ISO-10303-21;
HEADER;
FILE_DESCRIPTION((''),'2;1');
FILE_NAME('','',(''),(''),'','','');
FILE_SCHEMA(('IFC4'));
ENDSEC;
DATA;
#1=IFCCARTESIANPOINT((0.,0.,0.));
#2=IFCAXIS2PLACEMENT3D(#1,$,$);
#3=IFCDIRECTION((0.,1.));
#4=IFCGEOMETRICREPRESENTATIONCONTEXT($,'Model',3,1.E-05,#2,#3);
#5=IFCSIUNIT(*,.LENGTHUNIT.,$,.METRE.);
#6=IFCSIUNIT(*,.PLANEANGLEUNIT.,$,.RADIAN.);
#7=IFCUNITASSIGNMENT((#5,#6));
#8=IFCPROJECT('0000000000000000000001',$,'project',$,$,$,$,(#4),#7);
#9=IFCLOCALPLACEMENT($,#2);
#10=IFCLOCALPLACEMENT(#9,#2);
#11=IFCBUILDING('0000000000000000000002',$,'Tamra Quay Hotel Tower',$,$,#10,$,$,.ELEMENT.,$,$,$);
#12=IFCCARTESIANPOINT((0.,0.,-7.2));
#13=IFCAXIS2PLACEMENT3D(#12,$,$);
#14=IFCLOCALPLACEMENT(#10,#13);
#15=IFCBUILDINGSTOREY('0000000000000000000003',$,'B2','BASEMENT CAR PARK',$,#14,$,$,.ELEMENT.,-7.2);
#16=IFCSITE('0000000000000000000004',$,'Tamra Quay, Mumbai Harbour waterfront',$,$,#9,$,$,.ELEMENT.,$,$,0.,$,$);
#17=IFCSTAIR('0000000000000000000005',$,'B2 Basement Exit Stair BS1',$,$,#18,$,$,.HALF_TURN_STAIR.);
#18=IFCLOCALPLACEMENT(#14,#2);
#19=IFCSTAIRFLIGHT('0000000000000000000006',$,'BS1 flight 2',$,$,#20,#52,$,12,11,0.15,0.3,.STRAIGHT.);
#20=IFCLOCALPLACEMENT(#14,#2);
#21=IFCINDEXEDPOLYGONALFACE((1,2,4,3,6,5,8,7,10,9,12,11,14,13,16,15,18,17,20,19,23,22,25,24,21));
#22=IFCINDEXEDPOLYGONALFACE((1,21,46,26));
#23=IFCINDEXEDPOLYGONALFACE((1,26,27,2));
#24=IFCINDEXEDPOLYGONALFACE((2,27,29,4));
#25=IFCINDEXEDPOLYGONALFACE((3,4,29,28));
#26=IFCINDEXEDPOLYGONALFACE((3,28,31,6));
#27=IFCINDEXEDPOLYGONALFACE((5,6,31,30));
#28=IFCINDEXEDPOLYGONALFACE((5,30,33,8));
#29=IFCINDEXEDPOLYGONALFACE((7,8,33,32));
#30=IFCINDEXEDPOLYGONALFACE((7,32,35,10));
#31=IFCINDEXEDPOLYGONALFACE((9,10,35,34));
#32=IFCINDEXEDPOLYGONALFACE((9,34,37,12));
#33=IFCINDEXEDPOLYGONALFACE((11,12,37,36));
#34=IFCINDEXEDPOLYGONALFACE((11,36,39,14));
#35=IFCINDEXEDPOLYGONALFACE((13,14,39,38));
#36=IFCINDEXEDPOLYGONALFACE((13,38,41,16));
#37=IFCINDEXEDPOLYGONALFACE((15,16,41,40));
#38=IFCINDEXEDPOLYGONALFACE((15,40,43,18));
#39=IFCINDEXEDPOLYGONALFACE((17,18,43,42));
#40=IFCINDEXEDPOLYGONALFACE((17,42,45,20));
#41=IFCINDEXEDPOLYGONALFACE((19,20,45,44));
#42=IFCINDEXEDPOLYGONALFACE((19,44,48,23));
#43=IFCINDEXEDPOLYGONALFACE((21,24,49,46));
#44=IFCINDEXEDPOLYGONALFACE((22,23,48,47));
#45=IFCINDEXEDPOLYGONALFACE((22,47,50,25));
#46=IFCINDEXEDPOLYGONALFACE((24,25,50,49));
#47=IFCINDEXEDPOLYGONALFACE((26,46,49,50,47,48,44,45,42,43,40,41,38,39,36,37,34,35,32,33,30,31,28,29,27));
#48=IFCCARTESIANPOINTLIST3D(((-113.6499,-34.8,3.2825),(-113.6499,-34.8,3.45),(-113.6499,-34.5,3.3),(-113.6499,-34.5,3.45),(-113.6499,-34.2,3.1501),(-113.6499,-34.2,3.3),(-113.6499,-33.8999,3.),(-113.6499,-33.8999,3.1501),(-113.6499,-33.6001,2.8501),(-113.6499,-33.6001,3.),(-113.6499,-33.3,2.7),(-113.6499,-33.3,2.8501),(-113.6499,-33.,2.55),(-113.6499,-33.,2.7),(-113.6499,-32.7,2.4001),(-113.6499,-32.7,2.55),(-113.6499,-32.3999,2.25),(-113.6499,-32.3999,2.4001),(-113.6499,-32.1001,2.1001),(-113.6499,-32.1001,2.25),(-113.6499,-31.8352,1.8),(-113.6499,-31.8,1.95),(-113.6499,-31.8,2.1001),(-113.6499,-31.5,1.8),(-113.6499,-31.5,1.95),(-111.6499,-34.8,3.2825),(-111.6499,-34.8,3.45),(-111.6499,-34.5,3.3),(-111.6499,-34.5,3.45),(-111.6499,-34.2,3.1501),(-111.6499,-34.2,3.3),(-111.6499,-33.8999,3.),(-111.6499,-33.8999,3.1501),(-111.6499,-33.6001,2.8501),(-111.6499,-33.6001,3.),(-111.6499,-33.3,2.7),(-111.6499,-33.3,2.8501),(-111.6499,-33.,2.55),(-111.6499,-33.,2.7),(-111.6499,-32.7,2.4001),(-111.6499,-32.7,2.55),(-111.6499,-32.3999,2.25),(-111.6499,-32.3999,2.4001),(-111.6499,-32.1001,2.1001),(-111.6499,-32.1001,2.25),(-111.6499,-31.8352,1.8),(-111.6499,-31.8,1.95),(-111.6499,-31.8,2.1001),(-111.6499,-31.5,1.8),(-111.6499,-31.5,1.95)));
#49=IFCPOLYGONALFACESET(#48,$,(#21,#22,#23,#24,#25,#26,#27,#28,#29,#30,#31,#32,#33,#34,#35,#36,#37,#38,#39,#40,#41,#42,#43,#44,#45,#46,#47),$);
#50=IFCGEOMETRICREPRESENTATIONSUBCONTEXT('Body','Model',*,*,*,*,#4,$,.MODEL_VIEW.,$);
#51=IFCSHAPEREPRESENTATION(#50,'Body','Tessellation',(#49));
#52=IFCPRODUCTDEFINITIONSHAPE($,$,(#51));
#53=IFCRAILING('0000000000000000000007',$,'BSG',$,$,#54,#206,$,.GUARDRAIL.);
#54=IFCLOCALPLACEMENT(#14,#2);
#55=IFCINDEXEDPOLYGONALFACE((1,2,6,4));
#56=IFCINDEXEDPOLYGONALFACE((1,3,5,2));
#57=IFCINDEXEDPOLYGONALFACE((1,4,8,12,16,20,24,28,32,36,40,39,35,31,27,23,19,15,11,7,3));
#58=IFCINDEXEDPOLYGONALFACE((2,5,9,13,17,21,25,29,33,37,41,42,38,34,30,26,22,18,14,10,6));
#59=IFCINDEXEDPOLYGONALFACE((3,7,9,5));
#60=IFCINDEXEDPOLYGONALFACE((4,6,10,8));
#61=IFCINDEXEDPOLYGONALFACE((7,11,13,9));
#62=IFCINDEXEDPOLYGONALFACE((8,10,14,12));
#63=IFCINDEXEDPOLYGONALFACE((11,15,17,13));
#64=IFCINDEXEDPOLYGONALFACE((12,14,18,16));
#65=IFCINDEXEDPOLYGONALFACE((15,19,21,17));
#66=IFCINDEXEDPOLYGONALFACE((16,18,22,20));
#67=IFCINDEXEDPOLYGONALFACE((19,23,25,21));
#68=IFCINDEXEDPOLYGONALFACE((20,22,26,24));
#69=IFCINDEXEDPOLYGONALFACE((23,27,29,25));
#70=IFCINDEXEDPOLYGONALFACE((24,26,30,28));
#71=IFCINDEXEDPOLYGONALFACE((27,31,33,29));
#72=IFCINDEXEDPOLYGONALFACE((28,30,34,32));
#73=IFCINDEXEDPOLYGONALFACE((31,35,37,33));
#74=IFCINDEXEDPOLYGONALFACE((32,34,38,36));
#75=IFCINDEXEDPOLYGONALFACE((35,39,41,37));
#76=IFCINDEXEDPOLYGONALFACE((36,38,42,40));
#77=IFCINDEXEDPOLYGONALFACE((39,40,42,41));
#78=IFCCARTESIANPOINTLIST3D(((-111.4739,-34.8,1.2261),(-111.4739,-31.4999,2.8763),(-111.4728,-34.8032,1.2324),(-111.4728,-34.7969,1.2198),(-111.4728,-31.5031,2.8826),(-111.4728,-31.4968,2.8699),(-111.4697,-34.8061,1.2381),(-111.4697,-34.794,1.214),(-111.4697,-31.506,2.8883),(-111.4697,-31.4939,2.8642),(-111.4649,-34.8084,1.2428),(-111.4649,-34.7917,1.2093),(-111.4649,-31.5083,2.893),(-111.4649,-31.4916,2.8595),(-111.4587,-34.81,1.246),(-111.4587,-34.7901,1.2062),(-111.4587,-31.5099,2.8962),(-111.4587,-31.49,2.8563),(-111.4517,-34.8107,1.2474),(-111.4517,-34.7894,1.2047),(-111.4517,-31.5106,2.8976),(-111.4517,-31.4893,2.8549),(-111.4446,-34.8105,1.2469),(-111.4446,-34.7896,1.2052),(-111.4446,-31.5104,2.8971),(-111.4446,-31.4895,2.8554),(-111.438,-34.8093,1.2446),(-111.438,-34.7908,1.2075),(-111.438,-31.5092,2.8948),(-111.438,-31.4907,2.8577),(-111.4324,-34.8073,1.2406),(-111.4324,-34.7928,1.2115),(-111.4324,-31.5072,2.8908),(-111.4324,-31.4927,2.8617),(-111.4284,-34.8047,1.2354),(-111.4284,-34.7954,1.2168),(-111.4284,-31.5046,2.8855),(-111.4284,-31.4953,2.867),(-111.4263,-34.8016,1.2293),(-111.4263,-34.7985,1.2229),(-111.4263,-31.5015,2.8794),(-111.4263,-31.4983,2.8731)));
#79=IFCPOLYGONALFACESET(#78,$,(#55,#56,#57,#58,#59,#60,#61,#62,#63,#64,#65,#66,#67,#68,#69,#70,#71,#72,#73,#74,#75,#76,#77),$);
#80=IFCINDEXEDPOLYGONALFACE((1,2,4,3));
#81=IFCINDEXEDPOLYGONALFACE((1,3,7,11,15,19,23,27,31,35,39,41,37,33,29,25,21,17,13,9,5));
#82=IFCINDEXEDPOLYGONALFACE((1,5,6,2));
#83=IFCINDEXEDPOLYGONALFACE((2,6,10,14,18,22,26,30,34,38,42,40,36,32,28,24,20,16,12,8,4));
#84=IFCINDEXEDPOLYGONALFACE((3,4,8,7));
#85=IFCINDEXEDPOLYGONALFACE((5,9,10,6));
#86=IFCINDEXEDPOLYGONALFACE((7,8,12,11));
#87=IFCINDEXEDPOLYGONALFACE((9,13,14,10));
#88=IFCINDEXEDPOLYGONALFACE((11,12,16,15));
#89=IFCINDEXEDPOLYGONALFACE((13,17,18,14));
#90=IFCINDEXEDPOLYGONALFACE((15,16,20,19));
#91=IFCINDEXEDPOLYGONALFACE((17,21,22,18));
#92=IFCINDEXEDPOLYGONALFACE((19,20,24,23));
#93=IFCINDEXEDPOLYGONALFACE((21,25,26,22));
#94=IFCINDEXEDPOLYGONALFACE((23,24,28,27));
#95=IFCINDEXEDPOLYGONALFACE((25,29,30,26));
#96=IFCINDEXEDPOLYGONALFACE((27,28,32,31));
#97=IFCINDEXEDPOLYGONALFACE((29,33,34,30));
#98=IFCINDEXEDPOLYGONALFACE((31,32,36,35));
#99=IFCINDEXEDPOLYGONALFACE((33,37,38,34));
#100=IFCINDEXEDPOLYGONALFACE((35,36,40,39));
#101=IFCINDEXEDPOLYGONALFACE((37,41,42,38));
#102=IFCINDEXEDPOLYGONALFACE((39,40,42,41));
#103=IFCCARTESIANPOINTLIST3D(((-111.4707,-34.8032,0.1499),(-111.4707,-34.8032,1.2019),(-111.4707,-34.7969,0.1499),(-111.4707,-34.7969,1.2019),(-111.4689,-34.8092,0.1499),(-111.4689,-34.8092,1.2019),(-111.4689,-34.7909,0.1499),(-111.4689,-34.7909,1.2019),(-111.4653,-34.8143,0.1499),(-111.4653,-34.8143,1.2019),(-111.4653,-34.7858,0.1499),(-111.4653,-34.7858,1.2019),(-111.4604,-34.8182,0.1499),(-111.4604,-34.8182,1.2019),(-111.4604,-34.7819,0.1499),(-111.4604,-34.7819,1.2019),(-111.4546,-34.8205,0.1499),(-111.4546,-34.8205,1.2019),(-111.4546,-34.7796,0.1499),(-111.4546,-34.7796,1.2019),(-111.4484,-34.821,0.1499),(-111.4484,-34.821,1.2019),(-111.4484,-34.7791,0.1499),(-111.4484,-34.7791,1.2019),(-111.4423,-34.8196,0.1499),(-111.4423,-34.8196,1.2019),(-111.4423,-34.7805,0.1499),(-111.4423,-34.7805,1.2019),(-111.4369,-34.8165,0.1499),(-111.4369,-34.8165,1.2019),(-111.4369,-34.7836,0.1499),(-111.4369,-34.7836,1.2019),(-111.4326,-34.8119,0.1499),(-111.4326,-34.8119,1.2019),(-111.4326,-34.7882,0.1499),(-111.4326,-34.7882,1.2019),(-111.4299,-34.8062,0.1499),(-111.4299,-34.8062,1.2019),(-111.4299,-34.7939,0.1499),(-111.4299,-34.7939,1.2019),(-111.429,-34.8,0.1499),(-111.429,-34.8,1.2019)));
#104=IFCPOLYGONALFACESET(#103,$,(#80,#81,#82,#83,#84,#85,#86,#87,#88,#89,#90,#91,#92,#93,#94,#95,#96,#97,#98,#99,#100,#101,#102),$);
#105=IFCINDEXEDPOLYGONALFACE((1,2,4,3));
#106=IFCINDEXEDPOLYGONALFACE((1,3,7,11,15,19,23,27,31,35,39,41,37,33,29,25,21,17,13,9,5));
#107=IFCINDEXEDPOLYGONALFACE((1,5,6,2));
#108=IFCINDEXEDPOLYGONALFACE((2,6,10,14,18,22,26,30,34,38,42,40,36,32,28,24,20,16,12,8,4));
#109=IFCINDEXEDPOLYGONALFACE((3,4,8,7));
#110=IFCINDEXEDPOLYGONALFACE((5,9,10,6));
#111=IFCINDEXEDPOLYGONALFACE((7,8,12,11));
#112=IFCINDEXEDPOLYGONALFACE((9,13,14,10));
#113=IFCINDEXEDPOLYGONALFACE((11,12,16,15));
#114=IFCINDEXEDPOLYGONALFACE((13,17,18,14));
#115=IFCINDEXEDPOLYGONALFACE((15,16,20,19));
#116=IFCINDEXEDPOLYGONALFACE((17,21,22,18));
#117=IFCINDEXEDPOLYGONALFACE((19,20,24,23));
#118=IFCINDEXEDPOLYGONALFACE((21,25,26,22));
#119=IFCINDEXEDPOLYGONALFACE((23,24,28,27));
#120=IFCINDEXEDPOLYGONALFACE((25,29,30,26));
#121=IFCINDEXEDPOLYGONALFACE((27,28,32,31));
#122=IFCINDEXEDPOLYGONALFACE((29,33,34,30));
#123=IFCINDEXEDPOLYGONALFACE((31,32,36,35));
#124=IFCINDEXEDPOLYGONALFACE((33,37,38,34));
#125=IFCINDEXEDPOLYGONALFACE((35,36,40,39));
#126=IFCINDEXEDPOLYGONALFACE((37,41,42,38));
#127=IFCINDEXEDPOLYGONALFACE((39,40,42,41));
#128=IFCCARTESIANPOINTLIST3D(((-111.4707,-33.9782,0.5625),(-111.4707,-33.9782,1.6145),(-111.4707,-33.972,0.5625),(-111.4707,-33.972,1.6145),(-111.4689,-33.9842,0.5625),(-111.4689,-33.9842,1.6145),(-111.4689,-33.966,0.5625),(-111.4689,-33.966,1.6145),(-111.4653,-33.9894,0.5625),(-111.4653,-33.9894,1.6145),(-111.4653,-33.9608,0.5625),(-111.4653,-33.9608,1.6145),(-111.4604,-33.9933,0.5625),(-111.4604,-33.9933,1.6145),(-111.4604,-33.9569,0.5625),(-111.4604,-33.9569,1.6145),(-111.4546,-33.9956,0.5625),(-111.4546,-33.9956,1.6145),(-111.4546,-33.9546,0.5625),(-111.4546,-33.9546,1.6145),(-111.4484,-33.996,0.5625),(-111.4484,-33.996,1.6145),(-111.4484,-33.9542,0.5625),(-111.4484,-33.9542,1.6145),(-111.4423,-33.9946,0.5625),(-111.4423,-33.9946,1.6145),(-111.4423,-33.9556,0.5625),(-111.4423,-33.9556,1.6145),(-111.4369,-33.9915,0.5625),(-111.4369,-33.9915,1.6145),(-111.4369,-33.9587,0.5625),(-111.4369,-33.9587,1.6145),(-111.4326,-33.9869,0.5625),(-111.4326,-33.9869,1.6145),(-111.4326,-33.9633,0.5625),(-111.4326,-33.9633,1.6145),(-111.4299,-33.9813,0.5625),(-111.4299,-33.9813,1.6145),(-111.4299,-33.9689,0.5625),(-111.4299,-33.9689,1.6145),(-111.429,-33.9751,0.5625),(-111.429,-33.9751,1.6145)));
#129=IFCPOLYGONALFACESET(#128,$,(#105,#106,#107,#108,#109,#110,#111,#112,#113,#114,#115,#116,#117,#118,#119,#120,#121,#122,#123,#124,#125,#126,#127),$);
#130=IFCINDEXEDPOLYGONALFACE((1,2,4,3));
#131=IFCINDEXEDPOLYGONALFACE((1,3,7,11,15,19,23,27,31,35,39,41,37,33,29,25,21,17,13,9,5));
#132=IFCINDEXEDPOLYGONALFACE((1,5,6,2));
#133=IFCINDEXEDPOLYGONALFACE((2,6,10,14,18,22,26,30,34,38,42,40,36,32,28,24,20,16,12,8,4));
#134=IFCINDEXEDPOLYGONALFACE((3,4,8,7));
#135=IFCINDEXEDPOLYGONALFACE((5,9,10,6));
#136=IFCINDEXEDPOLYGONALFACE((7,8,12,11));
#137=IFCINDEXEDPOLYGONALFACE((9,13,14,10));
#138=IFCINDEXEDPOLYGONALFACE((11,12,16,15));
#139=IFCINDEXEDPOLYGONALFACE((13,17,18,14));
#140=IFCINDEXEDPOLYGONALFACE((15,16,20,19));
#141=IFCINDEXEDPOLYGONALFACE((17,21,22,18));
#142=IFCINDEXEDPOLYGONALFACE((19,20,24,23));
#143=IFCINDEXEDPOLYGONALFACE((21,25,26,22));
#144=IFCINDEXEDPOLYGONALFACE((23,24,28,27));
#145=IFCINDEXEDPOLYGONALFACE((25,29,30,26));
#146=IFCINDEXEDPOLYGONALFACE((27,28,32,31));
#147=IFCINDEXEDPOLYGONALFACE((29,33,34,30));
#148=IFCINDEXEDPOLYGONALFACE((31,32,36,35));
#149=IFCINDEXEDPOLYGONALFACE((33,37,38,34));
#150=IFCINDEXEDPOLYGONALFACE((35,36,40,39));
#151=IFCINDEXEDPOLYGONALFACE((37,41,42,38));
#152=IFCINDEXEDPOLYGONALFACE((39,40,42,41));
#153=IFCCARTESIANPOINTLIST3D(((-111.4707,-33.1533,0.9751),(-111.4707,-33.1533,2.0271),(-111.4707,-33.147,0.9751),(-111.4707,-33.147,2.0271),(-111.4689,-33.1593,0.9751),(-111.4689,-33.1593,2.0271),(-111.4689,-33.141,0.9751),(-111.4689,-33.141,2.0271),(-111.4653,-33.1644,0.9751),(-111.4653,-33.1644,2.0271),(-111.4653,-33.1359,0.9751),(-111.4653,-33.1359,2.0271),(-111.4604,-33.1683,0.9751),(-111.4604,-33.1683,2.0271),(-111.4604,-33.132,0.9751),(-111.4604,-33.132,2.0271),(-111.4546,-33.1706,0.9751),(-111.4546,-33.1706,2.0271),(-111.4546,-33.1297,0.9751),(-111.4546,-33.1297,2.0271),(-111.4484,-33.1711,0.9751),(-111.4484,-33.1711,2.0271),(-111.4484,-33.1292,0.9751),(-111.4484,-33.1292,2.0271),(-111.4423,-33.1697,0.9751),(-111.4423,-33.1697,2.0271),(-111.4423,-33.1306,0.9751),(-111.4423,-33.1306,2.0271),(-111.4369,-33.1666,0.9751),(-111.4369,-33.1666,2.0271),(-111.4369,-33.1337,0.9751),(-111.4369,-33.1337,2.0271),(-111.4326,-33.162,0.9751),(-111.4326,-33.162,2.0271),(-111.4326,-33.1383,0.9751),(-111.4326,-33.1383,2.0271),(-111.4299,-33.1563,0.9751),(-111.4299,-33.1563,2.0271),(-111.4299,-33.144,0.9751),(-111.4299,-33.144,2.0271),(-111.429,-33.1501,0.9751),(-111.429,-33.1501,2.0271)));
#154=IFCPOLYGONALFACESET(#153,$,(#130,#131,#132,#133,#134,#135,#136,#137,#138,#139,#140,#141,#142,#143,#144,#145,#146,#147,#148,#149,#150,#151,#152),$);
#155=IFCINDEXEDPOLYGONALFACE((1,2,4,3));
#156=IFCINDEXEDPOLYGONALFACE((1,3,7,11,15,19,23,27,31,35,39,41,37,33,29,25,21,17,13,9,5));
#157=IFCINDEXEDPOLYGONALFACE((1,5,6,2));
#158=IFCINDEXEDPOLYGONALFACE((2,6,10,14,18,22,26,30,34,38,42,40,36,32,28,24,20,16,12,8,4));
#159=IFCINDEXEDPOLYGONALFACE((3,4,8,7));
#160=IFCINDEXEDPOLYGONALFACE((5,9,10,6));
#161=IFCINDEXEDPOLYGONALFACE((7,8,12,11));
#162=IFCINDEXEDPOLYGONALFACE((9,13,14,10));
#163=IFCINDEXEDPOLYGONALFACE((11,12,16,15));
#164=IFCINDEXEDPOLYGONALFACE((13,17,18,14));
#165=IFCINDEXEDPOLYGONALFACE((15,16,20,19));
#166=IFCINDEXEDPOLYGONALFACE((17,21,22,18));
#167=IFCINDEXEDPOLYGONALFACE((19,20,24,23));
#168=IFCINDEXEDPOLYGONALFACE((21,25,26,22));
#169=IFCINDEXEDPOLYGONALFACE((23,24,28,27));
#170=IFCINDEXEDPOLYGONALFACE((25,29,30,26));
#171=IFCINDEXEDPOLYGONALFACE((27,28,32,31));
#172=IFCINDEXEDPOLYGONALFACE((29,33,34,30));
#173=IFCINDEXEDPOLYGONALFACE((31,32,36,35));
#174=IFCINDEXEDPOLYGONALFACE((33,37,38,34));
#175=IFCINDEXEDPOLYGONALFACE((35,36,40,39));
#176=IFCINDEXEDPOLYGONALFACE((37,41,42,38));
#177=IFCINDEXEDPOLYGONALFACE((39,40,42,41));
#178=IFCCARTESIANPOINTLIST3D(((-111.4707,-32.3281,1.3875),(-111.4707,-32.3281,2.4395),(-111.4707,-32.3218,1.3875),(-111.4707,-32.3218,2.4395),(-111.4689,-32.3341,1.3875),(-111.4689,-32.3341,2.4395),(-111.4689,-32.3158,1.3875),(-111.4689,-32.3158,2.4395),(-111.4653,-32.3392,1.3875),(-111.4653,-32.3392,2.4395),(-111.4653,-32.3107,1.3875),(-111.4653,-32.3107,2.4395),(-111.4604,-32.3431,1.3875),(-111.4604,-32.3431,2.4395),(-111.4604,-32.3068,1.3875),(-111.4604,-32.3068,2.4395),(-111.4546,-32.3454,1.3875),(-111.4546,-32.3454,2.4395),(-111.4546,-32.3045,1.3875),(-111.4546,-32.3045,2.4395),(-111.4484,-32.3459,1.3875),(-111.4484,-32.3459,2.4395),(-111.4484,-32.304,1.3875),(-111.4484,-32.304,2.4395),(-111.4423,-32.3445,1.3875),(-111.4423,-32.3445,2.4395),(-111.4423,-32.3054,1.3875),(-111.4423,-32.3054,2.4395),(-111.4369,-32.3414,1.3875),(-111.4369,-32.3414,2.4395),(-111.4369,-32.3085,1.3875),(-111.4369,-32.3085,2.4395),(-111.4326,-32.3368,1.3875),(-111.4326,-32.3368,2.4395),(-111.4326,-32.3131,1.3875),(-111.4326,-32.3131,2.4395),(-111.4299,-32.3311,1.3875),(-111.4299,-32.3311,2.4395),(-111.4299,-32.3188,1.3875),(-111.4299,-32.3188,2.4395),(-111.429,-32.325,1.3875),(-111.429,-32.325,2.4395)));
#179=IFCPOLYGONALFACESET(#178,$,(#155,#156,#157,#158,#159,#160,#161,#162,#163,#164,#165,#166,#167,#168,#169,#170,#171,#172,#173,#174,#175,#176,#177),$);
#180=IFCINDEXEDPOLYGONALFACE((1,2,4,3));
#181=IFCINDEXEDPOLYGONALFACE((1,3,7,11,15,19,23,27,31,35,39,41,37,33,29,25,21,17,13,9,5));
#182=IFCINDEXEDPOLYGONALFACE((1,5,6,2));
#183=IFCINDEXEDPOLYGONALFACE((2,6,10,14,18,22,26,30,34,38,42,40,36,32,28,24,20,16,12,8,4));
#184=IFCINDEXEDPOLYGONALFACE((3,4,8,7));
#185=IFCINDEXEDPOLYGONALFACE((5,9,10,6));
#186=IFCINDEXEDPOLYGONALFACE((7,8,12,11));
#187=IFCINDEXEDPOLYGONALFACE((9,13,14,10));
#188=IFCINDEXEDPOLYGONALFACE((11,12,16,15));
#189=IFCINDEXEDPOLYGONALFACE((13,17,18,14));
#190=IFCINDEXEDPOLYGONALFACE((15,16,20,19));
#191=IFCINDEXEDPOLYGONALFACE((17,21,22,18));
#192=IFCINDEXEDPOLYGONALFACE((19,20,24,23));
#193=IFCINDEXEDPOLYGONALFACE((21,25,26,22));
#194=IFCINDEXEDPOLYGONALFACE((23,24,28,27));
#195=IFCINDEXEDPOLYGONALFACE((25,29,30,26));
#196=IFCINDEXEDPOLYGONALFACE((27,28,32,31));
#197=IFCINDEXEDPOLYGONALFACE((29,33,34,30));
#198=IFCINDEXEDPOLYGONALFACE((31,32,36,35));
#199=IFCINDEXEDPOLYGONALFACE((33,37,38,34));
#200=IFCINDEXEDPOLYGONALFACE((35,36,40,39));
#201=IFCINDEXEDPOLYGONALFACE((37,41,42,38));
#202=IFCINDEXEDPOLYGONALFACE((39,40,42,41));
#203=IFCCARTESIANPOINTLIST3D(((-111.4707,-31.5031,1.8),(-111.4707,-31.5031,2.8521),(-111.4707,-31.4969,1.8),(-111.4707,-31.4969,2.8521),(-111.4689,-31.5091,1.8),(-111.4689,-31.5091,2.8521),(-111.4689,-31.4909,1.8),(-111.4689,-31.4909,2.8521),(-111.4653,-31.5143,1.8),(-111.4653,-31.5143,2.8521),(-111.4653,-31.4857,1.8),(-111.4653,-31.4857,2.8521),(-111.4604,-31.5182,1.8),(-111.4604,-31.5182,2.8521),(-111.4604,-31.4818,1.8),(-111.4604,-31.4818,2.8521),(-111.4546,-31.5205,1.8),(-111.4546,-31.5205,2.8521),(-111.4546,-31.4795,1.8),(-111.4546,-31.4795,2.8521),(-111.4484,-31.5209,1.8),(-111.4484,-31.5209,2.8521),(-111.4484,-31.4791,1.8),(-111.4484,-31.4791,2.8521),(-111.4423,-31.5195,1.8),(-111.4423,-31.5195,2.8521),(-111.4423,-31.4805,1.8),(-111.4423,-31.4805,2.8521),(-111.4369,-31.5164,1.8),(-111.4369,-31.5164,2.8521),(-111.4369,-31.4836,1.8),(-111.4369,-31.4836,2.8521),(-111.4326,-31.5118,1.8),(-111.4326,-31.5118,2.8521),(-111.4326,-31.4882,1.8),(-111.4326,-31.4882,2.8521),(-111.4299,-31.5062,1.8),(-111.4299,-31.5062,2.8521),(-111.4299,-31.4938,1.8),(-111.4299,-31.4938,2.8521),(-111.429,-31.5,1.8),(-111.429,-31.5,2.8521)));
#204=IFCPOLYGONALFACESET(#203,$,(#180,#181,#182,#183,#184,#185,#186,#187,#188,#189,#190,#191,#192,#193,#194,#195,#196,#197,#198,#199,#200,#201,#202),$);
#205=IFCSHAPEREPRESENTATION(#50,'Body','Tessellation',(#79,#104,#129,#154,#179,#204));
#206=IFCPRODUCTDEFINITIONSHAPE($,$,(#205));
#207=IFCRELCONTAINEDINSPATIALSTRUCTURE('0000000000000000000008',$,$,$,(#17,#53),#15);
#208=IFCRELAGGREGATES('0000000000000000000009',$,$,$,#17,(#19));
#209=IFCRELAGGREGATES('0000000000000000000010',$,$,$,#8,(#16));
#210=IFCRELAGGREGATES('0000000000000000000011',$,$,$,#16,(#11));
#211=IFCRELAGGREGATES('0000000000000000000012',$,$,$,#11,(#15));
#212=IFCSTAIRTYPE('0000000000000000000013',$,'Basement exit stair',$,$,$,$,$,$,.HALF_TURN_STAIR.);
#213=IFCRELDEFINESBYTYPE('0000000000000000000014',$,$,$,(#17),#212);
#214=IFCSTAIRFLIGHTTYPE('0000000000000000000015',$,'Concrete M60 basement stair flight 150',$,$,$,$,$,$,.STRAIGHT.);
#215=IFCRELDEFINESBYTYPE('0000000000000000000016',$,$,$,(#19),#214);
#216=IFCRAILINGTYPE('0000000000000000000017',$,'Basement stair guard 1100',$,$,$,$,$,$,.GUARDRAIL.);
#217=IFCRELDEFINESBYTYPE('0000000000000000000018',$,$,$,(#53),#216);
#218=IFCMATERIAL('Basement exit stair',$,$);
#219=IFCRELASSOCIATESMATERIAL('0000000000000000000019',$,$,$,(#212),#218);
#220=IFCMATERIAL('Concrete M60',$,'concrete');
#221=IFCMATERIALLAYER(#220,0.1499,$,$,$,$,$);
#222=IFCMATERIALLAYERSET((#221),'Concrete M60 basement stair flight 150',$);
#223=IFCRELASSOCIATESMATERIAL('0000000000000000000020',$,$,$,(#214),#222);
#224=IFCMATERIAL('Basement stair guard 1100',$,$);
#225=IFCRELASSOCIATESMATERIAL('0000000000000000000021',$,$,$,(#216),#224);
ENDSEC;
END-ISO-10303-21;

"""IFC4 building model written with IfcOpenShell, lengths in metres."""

from ifc_helpers import new_model, si_unit, direction, frame, origin, origin_2d, place, context, subcontext, project, spatial, polyline, circle, outline, extrude, material, layer, layer_set, type_object, element, aggregate, save


model = new_model("IFC4")

# Units and contexts
model_context = context("Model", 3, precision=1e-05, world=origin(), true_north=direction((0.0, 1.0)))
body_context = subcontext(model_context, "Body", "Model", "MODEL_VIEW")
ifc_project = project(units=[si_unit("LENGTHUNIT", "METRE"), si_unit("PLANEANGLEUNIT", "RADIAN")], contexts=[model_context])

# Site, building, storey
site_placement = place(None, origin())
site = spatial("IfcSite", under=ifc_project, at=site_placement, Name="Tamra Quay, Mumbai Harbour waterfront", CompositionType="ELEMENT", RefElevation=0.0)
building_placement = place(site_placement, origin())
building = spatial("IfcBuilding", under=site, at=building_placement, Name="Tamra Quay Hotel Tower", CompositionType="ELEMENT")
storey_placement = place(building_placement, frame((0.0, 0.0, -7.2)))
storey = spatial("IfcBuildingStorey", under=building, at=storey_placement, Name="B2", Description="BASEMENT CAR PARK", CompositionType="ELEMENT", Elevation=-7.2)

# Stair, stair flight
ifc_material_1 = material(Name="Basement exit stair")
stair_type = type_object("IfcStairType", Name="Basement exit stair", PredefinedType="HALF_TURN_STAIR", material=ifc_material_1)
stair_placement = place(storey_placement, origin())
stair = element("IfcStair", 1, at=stair_placement, inside=storey, type_object=stair_type, Name="B2 Basement Exit Stair BS1", PredefinedType="HALF_TURN_STAIR")
ifc_material_2 = material(Name="Concrete M60", Category="concrete")
ifc_layer_1 = layer(ifc_material_2, 0.1499)
ifc_layer_set_1 = layer_set([ifc_layer_1], Name="Concrete M60 basement stair flight 150")
stair_flight_type = type_object("IfcStairFlightType", Name="Concrete M60 basement stair flight 150", PredefinedType="STRAIGHT", material=ifc_layer_set_1)
stair_flight_1_placement = place(storey_placement, frame((-112.6499, -31.5, 1.8), z_axis=(0.0, 0.0, 1.0), x_axis=(0.0, -1.0, 0.0)))
stair_flight_1 = element("IfcStairFlight", 2, at=stair_flight_1_placement, type_object=stair_flight_type, Name="BS1 flight 2", NumberOfRisers=12, NumberOfTreads=11, PredefinedType="STRAIGHT", RiserHeight=0.15, TreadLength=0.3, context=body_context, shape_type="SweptSolid", body=[
    extrude(outline(polyline([(0.0, 0.0), (0.0, 0.1499), (0.3, 0.1499), (0.3, 0.3), (0.6001, 0.3), (0.6001, 0.45), (0.8999, 0.45), (0.8999, 0.6001), (1.2, 0.6001), (1.2, 0.75), (1.5, 0.75), (1.5, 0.8999), (1.8, 0.8999), (1.8, 1.05), (2.1001, 1.05), (2.1001, 1.2), (2.3999, 1.2), (2.3999, 1.3501), (2.7, 1.3501), (2.7, 1.5), (3.0, 1.5), (3.0, 1.6499), (3.3, 1.6499), (3.3, 1.8), (3.3, 1.4824), (0.3352, 0.0), (0.0, 0.0)])), frame((0.0, 1.0, 0.0), z_axis=(0.0, -1.0, 0.0), x_axis=(1.0, 0.0, 0.0)), (0.0, 0.0, 1.0), 2.0),
])
aggregate(stair, [stair_flight_1])

# Railing
ifc_material_3 = material(Name="Basement stair guard 1100")
railing_type_1 = type_object("IfcRailingType", Name="Basement stair guard 1100", PredefinedType="GUARDRAIL", material=ifc_material_3)
railing_1_placement = place(storey_placement, frame((-111.45, -34.8, 0.1499)))
element("IfcRailing", 3, at=railing_1_placement, inside=storey, type_object=railing_type_1, Name="BSG", PredefinedType="GUARDRAIL", context=body_context, shape_type="SweptSolid", body=[
    extrude(circle(Radius=0.0239, at=origin_2d()), frame((0.0, 0.0, 1.0762), z_axis=(0.0, 0.894414, 0.44724), x_axis=(-1.0, 0.0, 0.0)), (0.0, 0.0, 1.0), 3.6897),
    extrude(circle(Radius=0.021, at=origin_2d()), origin(), (0.0, 0.0, 1.0), 1.052),
    extrude(circle(Radius=0.021, at=origin_2d()), frame((0.0, 0.825, 0.4126)), (0.0, 0.0, 1.0), 1.052),
    extrude(circle(Radius=0.021, at=origin_2d()), frame((0.0, 1.6499, 0.8252)), (0.0, 0.0, 1.0), 1.052),
    extrude(circle(Radius=0.021, at=origin_2d()), frame((0.0, 2.4751, 1.2375)), (0.0, 0.0, 1.0), 1.052),
    extrude(circle(Radius=0.021, at=origin_2d()), frame((0.0, 3.3, 1.6501)), (0.0, 0.0, 1.0), 1.052),
])

save(model, "model.ifc")
